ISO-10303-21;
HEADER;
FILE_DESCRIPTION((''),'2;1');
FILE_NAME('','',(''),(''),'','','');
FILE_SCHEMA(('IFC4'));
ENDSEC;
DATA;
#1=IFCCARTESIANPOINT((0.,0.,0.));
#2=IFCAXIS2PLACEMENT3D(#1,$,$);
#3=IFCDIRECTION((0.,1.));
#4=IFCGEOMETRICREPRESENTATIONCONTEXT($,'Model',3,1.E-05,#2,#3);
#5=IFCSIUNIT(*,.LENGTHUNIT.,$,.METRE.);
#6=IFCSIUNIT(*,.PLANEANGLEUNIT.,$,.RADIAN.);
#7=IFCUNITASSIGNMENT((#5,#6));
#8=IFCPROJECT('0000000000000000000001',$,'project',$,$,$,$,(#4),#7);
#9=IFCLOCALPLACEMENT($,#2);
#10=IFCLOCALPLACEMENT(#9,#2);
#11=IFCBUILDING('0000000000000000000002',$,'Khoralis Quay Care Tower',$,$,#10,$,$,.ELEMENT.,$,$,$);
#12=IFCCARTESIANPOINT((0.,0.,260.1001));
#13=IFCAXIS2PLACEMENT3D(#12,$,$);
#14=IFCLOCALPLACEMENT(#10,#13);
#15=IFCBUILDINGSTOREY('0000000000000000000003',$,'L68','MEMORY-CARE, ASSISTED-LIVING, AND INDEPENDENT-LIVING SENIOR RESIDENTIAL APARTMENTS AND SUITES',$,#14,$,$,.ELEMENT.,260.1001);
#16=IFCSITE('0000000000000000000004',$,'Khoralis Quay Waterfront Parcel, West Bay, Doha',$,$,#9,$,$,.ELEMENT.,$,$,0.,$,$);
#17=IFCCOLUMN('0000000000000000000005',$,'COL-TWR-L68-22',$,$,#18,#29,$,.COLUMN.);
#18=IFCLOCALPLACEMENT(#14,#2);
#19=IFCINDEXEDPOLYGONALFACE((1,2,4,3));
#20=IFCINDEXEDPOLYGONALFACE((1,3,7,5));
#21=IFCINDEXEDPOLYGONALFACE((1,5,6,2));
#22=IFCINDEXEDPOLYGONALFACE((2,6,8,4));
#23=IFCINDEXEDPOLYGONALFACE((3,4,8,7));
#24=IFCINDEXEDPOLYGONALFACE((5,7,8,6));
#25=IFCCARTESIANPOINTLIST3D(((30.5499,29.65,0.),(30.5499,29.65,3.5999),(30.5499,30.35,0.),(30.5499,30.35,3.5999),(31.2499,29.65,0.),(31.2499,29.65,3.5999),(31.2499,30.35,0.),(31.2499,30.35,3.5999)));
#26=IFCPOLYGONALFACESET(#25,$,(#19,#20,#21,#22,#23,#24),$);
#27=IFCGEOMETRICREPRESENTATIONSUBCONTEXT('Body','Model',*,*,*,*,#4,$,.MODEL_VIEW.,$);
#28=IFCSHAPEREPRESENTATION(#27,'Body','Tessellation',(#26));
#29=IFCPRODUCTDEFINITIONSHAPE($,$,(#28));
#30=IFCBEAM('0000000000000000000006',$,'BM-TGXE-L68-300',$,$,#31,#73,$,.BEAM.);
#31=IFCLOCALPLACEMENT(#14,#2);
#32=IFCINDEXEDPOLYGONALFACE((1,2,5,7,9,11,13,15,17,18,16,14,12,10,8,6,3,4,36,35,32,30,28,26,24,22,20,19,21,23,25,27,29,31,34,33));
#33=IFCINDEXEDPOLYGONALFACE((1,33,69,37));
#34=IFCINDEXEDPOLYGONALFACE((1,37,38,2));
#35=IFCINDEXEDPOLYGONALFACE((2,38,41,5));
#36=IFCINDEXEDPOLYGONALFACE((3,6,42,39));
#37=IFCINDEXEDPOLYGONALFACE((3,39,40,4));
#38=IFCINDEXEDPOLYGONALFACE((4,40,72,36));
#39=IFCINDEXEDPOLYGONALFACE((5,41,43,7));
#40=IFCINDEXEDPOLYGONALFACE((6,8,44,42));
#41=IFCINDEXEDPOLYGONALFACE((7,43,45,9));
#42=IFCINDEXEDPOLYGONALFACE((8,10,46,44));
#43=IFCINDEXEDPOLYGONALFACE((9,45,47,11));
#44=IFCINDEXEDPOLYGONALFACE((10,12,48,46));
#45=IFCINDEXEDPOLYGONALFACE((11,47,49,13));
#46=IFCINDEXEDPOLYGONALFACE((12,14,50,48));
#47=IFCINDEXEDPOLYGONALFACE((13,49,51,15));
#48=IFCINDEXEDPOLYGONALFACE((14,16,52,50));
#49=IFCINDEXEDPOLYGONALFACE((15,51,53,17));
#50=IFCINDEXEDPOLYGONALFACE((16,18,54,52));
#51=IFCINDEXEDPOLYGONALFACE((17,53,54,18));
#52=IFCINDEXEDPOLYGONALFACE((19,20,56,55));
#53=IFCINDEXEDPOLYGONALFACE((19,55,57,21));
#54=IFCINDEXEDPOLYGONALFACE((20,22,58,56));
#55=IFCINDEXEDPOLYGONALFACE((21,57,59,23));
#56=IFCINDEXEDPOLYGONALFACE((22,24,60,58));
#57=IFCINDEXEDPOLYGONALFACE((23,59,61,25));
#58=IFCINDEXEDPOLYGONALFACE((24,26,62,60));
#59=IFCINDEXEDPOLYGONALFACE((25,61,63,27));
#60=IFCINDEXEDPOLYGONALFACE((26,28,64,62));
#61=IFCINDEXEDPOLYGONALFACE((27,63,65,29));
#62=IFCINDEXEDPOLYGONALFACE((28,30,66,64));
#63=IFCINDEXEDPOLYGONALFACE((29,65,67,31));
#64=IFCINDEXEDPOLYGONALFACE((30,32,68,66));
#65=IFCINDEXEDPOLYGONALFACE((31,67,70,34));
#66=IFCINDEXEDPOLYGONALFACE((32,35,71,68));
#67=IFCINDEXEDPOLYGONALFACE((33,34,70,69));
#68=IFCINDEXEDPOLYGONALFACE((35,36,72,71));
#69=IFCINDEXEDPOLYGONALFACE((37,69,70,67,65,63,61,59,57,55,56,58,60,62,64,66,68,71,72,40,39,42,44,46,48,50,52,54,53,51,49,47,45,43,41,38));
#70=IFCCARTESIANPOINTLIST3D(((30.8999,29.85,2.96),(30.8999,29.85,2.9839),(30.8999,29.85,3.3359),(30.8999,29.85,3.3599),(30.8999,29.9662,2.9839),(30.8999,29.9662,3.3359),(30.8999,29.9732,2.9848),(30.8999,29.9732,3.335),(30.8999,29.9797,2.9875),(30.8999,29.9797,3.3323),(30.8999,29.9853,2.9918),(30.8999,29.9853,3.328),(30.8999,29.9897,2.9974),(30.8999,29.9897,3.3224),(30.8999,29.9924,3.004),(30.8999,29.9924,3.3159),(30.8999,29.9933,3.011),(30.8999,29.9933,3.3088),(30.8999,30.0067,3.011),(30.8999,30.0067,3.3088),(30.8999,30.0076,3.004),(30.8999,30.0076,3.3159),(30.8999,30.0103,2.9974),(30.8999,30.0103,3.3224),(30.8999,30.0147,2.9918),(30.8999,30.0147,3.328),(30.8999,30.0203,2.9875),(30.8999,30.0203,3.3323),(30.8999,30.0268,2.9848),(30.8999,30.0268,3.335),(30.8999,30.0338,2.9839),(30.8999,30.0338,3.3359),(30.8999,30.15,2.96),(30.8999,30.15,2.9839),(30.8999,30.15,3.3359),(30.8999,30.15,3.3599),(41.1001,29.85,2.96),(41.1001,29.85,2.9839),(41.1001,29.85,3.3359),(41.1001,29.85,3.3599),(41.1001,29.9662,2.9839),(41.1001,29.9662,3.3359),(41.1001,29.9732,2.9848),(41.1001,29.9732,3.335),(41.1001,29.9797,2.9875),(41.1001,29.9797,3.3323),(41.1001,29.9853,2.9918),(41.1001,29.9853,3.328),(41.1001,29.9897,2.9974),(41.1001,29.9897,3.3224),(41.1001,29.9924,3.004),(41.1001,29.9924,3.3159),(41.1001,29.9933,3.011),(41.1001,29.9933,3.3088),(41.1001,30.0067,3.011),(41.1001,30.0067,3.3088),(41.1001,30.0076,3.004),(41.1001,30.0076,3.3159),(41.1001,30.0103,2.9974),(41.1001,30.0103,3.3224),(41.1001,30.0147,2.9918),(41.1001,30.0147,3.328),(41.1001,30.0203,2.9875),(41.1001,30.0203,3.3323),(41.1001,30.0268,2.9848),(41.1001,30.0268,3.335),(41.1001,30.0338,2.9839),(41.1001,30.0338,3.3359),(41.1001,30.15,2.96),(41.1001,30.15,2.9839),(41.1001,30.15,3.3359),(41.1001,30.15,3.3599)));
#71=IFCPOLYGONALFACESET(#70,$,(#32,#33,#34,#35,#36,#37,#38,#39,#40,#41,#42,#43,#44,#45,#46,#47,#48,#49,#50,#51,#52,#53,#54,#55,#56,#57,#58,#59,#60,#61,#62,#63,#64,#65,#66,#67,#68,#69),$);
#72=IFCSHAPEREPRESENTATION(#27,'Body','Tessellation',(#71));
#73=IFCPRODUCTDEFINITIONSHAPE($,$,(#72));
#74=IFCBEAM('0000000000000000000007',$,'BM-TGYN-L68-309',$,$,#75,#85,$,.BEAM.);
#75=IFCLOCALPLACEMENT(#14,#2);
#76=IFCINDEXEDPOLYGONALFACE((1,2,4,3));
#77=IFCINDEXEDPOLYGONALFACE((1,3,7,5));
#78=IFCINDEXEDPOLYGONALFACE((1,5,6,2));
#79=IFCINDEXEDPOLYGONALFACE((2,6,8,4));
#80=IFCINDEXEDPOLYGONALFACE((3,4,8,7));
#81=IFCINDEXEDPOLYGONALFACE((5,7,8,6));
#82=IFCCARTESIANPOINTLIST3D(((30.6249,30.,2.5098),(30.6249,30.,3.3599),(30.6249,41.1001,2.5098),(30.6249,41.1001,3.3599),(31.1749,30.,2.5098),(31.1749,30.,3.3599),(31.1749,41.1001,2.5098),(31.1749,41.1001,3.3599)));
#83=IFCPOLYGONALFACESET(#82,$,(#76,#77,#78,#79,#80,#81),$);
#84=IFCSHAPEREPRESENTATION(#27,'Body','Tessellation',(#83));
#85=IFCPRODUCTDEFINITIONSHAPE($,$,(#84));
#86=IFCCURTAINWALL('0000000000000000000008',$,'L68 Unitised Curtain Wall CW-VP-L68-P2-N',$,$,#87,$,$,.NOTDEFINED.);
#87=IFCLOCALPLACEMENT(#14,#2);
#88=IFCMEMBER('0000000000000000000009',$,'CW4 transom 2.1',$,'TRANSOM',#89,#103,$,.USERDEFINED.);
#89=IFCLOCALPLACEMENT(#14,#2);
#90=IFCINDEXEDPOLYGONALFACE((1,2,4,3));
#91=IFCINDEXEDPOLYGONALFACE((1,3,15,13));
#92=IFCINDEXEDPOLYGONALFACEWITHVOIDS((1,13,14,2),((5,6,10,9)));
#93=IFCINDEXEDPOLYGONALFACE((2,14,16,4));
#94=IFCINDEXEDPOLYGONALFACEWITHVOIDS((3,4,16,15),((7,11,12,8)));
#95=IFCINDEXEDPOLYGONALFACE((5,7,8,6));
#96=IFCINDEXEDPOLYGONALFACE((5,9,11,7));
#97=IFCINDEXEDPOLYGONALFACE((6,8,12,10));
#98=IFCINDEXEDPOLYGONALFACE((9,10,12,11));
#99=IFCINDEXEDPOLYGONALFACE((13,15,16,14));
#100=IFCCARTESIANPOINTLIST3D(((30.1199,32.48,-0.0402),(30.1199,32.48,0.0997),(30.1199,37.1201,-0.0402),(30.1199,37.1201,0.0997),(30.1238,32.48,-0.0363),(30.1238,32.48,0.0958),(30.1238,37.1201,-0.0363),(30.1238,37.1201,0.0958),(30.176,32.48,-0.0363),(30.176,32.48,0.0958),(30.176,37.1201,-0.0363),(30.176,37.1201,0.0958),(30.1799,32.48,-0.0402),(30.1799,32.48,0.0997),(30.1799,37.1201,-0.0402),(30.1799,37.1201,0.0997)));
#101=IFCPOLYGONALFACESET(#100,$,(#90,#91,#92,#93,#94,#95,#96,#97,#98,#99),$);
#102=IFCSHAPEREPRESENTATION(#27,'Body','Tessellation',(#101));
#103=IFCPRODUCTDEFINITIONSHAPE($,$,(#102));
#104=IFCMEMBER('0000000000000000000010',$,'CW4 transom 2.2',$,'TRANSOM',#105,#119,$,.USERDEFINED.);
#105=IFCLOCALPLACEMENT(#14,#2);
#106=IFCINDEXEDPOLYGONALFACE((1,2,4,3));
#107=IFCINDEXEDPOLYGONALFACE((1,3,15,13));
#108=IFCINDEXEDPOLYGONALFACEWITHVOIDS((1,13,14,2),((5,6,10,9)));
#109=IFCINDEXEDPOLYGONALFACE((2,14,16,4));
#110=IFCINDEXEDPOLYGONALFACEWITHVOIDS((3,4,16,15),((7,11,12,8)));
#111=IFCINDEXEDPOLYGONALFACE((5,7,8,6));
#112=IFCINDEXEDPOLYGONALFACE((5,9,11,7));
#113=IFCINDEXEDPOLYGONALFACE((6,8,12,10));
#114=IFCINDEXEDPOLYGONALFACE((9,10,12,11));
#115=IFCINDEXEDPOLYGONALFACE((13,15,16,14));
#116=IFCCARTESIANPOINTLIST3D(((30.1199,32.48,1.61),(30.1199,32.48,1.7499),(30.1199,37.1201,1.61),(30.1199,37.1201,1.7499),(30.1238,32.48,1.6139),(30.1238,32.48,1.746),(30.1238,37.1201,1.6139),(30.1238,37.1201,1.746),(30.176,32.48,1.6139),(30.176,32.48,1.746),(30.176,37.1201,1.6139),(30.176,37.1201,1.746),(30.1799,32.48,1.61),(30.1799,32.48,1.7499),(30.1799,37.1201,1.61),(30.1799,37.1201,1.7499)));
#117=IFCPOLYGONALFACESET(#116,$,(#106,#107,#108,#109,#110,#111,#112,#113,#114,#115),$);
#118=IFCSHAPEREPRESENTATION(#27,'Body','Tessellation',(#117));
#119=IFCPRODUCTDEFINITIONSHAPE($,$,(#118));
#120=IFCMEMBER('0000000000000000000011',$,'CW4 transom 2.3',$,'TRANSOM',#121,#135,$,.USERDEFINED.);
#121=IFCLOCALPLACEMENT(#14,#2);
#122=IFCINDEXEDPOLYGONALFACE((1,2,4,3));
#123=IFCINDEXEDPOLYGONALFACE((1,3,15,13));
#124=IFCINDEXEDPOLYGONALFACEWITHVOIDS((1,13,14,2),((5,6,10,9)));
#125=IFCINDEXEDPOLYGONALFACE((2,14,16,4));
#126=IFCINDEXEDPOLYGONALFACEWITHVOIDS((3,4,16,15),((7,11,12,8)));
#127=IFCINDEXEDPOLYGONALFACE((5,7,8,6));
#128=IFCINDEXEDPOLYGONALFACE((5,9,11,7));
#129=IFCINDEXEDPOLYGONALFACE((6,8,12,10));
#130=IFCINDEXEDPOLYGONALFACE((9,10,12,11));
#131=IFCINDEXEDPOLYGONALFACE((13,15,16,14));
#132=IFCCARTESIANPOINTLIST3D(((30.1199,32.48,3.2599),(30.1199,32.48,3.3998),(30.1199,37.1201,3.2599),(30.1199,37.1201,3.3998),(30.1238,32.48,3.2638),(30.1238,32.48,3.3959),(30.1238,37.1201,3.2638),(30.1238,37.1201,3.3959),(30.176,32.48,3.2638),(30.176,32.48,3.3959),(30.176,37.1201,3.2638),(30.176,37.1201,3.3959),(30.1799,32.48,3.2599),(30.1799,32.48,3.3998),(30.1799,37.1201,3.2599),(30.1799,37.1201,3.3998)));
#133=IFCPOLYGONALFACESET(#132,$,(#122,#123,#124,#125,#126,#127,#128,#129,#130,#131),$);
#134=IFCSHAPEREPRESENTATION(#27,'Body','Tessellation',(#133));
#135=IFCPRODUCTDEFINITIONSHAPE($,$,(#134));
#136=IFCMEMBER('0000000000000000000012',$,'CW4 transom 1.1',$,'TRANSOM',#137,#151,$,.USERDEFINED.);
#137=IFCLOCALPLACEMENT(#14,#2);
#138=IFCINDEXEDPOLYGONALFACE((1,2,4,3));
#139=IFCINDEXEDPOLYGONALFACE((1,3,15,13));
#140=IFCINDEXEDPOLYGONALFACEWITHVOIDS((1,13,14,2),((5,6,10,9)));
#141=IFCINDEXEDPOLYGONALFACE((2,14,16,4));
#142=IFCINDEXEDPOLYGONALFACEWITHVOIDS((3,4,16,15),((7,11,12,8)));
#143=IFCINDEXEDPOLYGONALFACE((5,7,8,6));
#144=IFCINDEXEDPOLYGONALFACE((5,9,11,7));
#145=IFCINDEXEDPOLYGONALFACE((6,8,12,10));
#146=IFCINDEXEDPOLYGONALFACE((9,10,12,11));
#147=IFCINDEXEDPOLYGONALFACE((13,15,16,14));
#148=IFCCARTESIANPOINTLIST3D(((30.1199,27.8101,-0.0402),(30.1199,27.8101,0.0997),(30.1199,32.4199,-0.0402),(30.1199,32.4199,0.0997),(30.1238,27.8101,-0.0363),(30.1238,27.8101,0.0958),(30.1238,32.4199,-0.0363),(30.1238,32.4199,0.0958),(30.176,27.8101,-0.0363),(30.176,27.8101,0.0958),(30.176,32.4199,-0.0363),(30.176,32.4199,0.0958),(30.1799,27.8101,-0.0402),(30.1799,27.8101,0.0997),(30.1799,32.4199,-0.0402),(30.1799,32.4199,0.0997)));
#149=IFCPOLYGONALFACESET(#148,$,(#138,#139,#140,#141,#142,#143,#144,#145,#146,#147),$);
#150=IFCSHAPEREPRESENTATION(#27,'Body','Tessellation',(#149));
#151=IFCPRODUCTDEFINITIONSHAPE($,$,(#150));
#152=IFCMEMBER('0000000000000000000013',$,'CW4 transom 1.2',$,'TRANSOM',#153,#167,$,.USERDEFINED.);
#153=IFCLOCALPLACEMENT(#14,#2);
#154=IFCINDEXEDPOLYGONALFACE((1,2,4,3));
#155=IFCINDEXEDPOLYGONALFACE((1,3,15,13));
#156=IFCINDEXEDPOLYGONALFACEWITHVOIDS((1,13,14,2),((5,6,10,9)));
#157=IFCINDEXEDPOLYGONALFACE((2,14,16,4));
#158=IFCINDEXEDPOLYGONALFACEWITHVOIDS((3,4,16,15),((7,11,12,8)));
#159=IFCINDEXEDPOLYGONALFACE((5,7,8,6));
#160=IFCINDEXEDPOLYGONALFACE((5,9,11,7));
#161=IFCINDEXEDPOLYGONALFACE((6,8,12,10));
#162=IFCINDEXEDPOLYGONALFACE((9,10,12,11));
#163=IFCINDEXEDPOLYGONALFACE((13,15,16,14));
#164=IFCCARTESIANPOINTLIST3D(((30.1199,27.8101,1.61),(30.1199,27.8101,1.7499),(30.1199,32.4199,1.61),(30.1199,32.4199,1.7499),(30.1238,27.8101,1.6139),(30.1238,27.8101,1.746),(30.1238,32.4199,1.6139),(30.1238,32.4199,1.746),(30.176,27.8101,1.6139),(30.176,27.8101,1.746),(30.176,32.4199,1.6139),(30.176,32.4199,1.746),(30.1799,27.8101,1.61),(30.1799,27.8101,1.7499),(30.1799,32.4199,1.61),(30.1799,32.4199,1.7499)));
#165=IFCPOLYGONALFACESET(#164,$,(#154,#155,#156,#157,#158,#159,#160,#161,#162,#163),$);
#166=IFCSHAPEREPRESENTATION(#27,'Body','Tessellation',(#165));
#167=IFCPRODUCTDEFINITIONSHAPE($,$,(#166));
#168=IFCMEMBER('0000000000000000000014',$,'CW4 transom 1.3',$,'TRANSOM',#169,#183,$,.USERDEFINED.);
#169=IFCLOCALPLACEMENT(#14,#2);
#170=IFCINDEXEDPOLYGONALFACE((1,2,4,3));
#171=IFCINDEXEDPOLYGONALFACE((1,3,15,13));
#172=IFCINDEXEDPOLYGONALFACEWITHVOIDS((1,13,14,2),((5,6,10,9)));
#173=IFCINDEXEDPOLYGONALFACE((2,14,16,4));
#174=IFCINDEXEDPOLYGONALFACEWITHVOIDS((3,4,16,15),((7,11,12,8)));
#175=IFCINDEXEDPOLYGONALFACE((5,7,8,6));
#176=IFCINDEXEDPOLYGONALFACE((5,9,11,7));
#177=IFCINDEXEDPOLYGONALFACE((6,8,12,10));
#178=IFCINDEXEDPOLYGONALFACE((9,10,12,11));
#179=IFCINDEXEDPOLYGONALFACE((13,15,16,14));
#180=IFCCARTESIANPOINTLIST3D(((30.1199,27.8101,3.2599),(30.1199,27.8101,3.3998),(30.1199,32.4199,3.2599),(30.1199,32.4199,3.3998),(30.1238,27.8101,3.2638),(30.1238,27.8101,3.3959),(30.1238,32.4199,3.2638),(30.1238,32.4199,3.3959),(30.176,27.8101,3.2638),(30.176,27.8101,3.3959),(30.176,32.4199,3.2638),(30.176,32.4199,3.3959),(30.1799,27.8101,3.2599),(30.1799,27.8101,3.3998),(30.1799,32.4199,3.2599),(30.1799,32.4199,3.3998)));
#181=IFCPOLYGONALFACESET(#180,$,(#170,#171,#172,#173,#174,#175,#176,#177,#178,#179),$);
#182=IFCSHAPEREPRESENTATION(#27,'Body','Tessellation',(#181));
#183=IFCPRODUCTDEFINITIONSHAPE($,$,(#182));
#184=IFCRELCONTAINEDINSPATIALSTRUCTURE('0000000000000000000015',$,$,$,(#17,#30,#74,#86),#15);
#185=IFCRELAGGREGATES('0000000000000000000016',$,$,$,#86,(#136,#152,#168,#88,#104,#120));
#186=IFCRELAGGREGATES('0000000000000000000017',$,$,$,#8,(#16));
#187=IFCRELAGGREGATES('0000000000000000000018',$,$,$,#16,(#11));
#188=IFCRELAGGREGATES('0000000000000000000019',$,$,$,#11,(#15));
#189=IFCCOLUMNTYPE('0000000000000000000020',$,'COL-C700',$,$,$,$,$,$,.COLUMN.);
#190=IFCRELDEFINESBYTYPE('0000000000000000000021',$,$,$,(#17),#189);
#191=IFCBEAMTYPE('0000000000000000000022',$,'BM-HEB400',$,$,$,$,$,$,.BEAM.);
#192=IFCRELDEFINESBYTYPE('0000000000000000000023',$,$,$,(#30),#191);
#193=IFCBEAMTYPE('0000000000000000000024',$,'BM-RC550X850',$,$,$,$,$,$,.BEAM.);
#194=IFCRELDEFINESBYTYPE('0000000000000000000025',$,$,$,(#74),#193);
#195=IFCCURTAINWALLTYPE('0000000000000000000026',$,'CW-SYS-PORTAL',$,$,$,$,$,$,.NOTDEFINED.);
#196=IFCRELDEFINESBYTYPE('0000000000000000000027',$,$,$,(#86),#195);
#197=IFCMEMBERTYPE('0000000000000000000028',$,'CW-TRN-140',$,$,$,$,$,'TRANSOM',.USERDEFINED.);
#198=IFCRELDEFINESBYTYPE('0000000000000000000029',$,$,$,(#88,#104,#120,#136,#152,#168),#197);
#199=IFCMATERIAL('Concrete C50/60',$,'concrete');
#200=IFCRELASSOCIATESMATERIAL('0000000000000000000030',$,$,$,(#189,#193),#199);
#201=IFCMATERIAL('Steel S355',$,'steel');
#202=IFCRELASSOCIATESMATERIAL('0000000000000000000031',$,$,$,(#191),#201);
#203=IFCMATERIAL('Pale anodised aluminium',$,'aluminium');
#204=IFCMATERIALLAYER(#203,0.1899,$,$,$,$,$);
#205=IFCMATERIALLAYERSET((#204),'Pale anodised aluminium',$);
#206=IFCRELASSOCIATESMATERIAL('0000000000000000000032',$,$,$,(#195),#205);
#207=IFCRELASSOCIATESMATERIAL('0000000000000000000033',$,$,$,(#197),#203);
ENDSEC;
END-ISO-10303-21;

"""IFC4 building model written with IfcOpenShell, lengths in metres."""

from ifc_helpers import new_model, si_unit, direction, frame, origin, origin_2d, place, context, subcontext, project, spatial, rectangle, hollow_rectangle, i_section, extrude, source, transform, mapped, material, layer, layer_set, material_profile, profile_set, type_object, element, aggregate, save


model = new_model("IFC4")

# Units and contexts
model_context = context("Model", 3, precision=1e-05, world=origin(), true_north=direction((0.0, 1.0)))
body_context = subcontext(model_context, "Body", "Model", "MODEL_VIEW")
ifc_project = project(units=[si_unit("LENGTHUNIT", "METRE"), si_unit("PLANEANGLEUNIT", "RADIAN")], contexts=[model_context])

# Site, building, storey
site_placement = place(None, origin())
site = spatial("IfcSite", under=ifc_project, at=site_placement, Name="Khoralis Quay Waterfront Parcel, West Bay, Doha", CompositionType="ELEMENT", RefElevation=0.0)
building_placement = place(site_placement, origin())
building = spatial("IfcBuilding", under=site, at=building_placement, Name="Khoralis Quay Care Tower", CompositionType="ELEMENT")
storey_placement = place(building_placement, frame((0.0, 0.0, 260.1001)))
storey = spatial("IfcBuildingStorey", under=building, at=storey_placement, Name="L68", Description="MEMORY-CARE, ASSISTED-LIVING, AND INDEPENDENT-LIVING SENIOR RESIDENTIAL APARTMENTS AND SUITES", CompositionType="ELEMENT", Elevation=260.1001)

# Column
ifc_material_1 = material(Name="Concrete C50/60", Category="concrete")
ifc_material_profile_1 = material_profile(ifc_material_1, rectangle(XDim=0.7, YDim=0.7, at=origin_2d()), Name="Concrete C50/60")
ifc_profile_set_1 = profile_set([ifc_material_profile_1], Name="Concrete C50/60")
column_type = type_object("IfcColumnType", Name="COL-C700", PredefinedType="COLUMN", material=ifc_profile_set_1)
shared_shape_1 = source(origin(), body_context, "Body", "SweptSolid", [
    extrude(rectangle(XDim=0.7, YDim=0.7, at=origin_2d()), origin(), (0.0, 0.0, 1.0), 3.5999),
])
column_placement = place(storey_placement, frame((30.8999, 30.0, 0.0), z_axis=(0.0, 0.0, 1.0), x_axis=(1.0, 0.0, 0.0)))
element("IfcColumn", 1, at=column_placement, inside=storey, type_object=column_type, Name="COL-TWR-L68-22", PredefinedType="COLUMN", context=body_context, shape_type="MappedRepresentation", body=[
    mapped(shared_shape_1, transform((0.0, 0.0, 0.0), scale=1.0)),
])

# Beams
ifc_material_2 = material(Name="Steel S355", Category="steel")
ifc_material_profile_2 = material_profile(ifc_material_2, i_section(OverallWidth=0.3, OverallDepth=0.3999, WebThickness=0.0134, FlangeThickness=0.0239, FilletRadius=0.0271, at=origin_2d()), Name="Steel S355")
ifc_profile_set_2 = profile_set([ifc_material_profile_2], Name="Steel S355")
beam_type_1 = type_object("IfcBeamType", Name="BM-HEB400", PredefinedType="BEAM", material=ifc_profile_set_2)
shared_shape_2 = source(origin(), body_context, "Body", "SweptSolid", [
    extrude(i_section(OverallWidth=0.3, OverallDepth=0.3999, WebThickness=0.0134, FlangeThickness=0.0239, FilletRadius=0.0271, at=origin_2d()), origin(), (0.0, 0.0, 1.0), 10.2002),
])
beam_1_placement = place(storey_placement, frame((30.8999, 30.0, 3.1599), z_axis=(1.0, 0.0, 0.0), x_axis=(0.0, 1.0, 0.0)))
element("IfcBeam", 2, at=beam_1_placement, inside=storey, type_object=beam_type_1, Name="BM-TGXE-L68-300", PredefinedType="BEAM", context=body_context, shape_type="MappedRepresentation", body=[
    mapped(shared_shape_2, transform((0.0, 0.0, 0.0), scale=1.0)),
])
ifc_material_profile_3 = material_profile(ifc_material_1, rectangle(XDim=0.55, YDim=0.8501, at=origin_2d()), Name="Concrete C50/60")
ifc_profile_set_3 = profile_set([ifc_material_profile_3], Name="Concrete C50/60")
beam_type_2 = type_object("IfcBeamType", Name="BM-RC550X850", PredefinedType="BEAM", material=ifc_profile_set_3)
shared_shape_3 = source(origin(), body_context, "Body", "SweptSolid", [
    extrude(rectangle(XDim=0.55, YDim=0.8501, at=origin_2d()), origin(), (0.0, 0.0, 1.0), 11.1001),
])
beam_2_placement = place(storey_placement, frame((30.8999, 30.0, 2.9348), z_axis=(0.0, 1.0, 0.0), x_axis=(-1.0, 0.0, 0.0)))
element("IfcBeam", 3, at=beam_2_placement, inside=storey, type_object=beam_type_2, Name="BM-TGYN-L68-309", PredefinedType="BEAM", context=body_context, shape_type="MappedRepresentation", body=[
    mapped(shared_shape_3, transform((0.0, 0.0, 0.0), scale=1.0)),
])

# Curtain wall, members
ifc_material_3 = material(Name="Pale anodised aluminium", Category="aluminium")
ifc_layer_1 = layer(ifc_material_3, 0.1899)
ifc_layer_set_1 = layer_set([ifc_layer_1], Name="Pale anodised aluminium")
curtain_wall_type = type_object("IfcCurtainWallType", Name="CW-SYS-PORTAL", PredefinedType="NOTDEFINED", material=ifc_layer_set_1)
curtain_wall_placement = place(storey_placement, origin())
curtain_wall = element("IfcCurtainWall", 4, at=curtain_wall_placement, inside=storey, type_object=curtain_wall_type, Name="L68 Unitised Curtain Wall CW-VP-L68-P2-N", PredefinedType="NOTDEFINED")
ifc_material_profile_4 = material_profile(ifc_material_3, hollow_rectangle(XDim=0.0601, YDim=0.1399, WallThickness=0.0039, at=origin_2d()), Name="Pale anodised aluminium")
ifc_profile_set_4 = profile_set([ifc_material_profile_4], Name="Pale anodised aluminium")
member_type_1 = type_object("IfcMemberType", Name="CW-TRN-140", ElementType="TRANSOM", PredefinedType="USERDEFINED", material=ifc_profile_set_4)
shared_shape_4 = source(origin(), body_context, "Body", "SweptSolid", [
    extrude(hollow_rectangle(XDim=0.0601, YDim=0.1399, WallThickness=0.0039, at=origin_2d()), origin(), (0.0, 0.0, 1.0), 4.6401),
])
member_1_placement = place(storey_placement, frame((30.1499, 32.48, 0.0298), z_axis=(0.0, 1.0, 0.0), x_axis=(-1.0, 0.0, 0.0)))
member_1 = element("IfcMember", 5, at=member_1_placement, type_object=member_type_1, Name="CW4 transom 2.1", ObjectType="TRANSOM", PredefinedType="USERDEFINED", context=body_context, shape_type="MappedRepresentation", body=[
    mapped(shared_shape_4, transform((0.0, 0.0, 0.0), scale=1.0)),
])
member_2_placement = place(storey_placement, frame((30.1499, 32.48, 1.6799), z_axis=(0.0, 1.0, 0.0), x_axis=(-1.0, 0.0, 0.0)))
member_2 = element("IfcMember", 6, at=member_2_placement, type_object=member_type_1, Name="CW4 transom 2.2", ObjectType="TRANSOM", PredefinedType="USERDEFINED", context=body_context, shape_type="MappedRepresentation", body=[
    mapped(shared_shape_4, transform((0.0, 0.0, 0.0), scale=1.0)),
])
member_3_placement = place(storey_placement, frame((30.1499, 32.48, 3.3298), z_axis=(0.0, 1.0, 0.0), x_axis=(-1.0, 0.0, 0.0)))
member_3 = element("IfcMember", 7, at=member_3_placement, type_object=member_type_1, Name="CW4 transom 2.3", ObjectType="TRANSOM", PredefinedType="USERDEFINED", context=body_context, shape_type="MappedRepresentation", body=[
    mapped(shared_shape_4, transform((0.0, 0.0, 0.0), scale=1.0)),
])
shared_shape_5 = source(origin(), body_context, "Body", "SweptSolid", [
    extrude(hollow_rectangle(XDim=0.0601, YDim=0.1399, WallThickness=0.0039, at=origin_2d()), origin(), (0.0, 0.0, 1.0), 4.6099),
])
member_4_placement = place(storey_placement, frame((30.1499, 27.8101, 0.0298), z_axis=(0.0, 1.0, 0.0), x_axis=(-1.0, 0.0, 0.0)))
member_4 = element("IfcMember", 8, at=member_4_placement, type_object=member_type_1, Name="CW4 transom 1.1", ObjectType="TRANSOM", PredefinedType="USERDEFINED", context=body_context, shape_type="MappedRepresentation", body=[
    mapped(shared_shape_5, transform((0.0, 0.0, 0.0), scale=1.0)),
])
member_5_placement = place(storey_placement, frame((30.1499, 27.8101, 1.6799), z_axis=(0.0, 1.0, 0.0), x_axis=(-1.0, 0.0, 0.0)))
member_5 = element("IfcMember", 9, at=member_5_placement, type_object=member_type_1, Name="CW4 transom 1.2", ObjectType="TRANSOM", PredefinedType="USERDEFINED", context=body_context, shape_type="MappedRepresentation", body=[
    mapped(shared_shape_5, transform((0.0, 0.0, 0.0), scale=1.0)),
])
member_6_placement = place(storey_placement, frame((30.1499, 27.8101, 3.3298), z_axis=(0.0, 1.0, 0.0), x_axis=(-1.0, 0.0, 0.0)))
member_6 = element("IfcMember", 10, at=member_6_placement, type_object=member_type_1, Name="CW4 transom 1.3", ObjectType="TRANSOM", PredefinedType="USERDEFINED", context=body_context, shape_type="MappedRepresentation", body=[
    mapped(shared_shape_5, transform((0.0, 0.0, 0.0), scale=1.0)),
])
aggregate(curtain_wall, [member_4, member_5, member_6, member_1, member_2, member_3])

save(model, "model.ifc")
